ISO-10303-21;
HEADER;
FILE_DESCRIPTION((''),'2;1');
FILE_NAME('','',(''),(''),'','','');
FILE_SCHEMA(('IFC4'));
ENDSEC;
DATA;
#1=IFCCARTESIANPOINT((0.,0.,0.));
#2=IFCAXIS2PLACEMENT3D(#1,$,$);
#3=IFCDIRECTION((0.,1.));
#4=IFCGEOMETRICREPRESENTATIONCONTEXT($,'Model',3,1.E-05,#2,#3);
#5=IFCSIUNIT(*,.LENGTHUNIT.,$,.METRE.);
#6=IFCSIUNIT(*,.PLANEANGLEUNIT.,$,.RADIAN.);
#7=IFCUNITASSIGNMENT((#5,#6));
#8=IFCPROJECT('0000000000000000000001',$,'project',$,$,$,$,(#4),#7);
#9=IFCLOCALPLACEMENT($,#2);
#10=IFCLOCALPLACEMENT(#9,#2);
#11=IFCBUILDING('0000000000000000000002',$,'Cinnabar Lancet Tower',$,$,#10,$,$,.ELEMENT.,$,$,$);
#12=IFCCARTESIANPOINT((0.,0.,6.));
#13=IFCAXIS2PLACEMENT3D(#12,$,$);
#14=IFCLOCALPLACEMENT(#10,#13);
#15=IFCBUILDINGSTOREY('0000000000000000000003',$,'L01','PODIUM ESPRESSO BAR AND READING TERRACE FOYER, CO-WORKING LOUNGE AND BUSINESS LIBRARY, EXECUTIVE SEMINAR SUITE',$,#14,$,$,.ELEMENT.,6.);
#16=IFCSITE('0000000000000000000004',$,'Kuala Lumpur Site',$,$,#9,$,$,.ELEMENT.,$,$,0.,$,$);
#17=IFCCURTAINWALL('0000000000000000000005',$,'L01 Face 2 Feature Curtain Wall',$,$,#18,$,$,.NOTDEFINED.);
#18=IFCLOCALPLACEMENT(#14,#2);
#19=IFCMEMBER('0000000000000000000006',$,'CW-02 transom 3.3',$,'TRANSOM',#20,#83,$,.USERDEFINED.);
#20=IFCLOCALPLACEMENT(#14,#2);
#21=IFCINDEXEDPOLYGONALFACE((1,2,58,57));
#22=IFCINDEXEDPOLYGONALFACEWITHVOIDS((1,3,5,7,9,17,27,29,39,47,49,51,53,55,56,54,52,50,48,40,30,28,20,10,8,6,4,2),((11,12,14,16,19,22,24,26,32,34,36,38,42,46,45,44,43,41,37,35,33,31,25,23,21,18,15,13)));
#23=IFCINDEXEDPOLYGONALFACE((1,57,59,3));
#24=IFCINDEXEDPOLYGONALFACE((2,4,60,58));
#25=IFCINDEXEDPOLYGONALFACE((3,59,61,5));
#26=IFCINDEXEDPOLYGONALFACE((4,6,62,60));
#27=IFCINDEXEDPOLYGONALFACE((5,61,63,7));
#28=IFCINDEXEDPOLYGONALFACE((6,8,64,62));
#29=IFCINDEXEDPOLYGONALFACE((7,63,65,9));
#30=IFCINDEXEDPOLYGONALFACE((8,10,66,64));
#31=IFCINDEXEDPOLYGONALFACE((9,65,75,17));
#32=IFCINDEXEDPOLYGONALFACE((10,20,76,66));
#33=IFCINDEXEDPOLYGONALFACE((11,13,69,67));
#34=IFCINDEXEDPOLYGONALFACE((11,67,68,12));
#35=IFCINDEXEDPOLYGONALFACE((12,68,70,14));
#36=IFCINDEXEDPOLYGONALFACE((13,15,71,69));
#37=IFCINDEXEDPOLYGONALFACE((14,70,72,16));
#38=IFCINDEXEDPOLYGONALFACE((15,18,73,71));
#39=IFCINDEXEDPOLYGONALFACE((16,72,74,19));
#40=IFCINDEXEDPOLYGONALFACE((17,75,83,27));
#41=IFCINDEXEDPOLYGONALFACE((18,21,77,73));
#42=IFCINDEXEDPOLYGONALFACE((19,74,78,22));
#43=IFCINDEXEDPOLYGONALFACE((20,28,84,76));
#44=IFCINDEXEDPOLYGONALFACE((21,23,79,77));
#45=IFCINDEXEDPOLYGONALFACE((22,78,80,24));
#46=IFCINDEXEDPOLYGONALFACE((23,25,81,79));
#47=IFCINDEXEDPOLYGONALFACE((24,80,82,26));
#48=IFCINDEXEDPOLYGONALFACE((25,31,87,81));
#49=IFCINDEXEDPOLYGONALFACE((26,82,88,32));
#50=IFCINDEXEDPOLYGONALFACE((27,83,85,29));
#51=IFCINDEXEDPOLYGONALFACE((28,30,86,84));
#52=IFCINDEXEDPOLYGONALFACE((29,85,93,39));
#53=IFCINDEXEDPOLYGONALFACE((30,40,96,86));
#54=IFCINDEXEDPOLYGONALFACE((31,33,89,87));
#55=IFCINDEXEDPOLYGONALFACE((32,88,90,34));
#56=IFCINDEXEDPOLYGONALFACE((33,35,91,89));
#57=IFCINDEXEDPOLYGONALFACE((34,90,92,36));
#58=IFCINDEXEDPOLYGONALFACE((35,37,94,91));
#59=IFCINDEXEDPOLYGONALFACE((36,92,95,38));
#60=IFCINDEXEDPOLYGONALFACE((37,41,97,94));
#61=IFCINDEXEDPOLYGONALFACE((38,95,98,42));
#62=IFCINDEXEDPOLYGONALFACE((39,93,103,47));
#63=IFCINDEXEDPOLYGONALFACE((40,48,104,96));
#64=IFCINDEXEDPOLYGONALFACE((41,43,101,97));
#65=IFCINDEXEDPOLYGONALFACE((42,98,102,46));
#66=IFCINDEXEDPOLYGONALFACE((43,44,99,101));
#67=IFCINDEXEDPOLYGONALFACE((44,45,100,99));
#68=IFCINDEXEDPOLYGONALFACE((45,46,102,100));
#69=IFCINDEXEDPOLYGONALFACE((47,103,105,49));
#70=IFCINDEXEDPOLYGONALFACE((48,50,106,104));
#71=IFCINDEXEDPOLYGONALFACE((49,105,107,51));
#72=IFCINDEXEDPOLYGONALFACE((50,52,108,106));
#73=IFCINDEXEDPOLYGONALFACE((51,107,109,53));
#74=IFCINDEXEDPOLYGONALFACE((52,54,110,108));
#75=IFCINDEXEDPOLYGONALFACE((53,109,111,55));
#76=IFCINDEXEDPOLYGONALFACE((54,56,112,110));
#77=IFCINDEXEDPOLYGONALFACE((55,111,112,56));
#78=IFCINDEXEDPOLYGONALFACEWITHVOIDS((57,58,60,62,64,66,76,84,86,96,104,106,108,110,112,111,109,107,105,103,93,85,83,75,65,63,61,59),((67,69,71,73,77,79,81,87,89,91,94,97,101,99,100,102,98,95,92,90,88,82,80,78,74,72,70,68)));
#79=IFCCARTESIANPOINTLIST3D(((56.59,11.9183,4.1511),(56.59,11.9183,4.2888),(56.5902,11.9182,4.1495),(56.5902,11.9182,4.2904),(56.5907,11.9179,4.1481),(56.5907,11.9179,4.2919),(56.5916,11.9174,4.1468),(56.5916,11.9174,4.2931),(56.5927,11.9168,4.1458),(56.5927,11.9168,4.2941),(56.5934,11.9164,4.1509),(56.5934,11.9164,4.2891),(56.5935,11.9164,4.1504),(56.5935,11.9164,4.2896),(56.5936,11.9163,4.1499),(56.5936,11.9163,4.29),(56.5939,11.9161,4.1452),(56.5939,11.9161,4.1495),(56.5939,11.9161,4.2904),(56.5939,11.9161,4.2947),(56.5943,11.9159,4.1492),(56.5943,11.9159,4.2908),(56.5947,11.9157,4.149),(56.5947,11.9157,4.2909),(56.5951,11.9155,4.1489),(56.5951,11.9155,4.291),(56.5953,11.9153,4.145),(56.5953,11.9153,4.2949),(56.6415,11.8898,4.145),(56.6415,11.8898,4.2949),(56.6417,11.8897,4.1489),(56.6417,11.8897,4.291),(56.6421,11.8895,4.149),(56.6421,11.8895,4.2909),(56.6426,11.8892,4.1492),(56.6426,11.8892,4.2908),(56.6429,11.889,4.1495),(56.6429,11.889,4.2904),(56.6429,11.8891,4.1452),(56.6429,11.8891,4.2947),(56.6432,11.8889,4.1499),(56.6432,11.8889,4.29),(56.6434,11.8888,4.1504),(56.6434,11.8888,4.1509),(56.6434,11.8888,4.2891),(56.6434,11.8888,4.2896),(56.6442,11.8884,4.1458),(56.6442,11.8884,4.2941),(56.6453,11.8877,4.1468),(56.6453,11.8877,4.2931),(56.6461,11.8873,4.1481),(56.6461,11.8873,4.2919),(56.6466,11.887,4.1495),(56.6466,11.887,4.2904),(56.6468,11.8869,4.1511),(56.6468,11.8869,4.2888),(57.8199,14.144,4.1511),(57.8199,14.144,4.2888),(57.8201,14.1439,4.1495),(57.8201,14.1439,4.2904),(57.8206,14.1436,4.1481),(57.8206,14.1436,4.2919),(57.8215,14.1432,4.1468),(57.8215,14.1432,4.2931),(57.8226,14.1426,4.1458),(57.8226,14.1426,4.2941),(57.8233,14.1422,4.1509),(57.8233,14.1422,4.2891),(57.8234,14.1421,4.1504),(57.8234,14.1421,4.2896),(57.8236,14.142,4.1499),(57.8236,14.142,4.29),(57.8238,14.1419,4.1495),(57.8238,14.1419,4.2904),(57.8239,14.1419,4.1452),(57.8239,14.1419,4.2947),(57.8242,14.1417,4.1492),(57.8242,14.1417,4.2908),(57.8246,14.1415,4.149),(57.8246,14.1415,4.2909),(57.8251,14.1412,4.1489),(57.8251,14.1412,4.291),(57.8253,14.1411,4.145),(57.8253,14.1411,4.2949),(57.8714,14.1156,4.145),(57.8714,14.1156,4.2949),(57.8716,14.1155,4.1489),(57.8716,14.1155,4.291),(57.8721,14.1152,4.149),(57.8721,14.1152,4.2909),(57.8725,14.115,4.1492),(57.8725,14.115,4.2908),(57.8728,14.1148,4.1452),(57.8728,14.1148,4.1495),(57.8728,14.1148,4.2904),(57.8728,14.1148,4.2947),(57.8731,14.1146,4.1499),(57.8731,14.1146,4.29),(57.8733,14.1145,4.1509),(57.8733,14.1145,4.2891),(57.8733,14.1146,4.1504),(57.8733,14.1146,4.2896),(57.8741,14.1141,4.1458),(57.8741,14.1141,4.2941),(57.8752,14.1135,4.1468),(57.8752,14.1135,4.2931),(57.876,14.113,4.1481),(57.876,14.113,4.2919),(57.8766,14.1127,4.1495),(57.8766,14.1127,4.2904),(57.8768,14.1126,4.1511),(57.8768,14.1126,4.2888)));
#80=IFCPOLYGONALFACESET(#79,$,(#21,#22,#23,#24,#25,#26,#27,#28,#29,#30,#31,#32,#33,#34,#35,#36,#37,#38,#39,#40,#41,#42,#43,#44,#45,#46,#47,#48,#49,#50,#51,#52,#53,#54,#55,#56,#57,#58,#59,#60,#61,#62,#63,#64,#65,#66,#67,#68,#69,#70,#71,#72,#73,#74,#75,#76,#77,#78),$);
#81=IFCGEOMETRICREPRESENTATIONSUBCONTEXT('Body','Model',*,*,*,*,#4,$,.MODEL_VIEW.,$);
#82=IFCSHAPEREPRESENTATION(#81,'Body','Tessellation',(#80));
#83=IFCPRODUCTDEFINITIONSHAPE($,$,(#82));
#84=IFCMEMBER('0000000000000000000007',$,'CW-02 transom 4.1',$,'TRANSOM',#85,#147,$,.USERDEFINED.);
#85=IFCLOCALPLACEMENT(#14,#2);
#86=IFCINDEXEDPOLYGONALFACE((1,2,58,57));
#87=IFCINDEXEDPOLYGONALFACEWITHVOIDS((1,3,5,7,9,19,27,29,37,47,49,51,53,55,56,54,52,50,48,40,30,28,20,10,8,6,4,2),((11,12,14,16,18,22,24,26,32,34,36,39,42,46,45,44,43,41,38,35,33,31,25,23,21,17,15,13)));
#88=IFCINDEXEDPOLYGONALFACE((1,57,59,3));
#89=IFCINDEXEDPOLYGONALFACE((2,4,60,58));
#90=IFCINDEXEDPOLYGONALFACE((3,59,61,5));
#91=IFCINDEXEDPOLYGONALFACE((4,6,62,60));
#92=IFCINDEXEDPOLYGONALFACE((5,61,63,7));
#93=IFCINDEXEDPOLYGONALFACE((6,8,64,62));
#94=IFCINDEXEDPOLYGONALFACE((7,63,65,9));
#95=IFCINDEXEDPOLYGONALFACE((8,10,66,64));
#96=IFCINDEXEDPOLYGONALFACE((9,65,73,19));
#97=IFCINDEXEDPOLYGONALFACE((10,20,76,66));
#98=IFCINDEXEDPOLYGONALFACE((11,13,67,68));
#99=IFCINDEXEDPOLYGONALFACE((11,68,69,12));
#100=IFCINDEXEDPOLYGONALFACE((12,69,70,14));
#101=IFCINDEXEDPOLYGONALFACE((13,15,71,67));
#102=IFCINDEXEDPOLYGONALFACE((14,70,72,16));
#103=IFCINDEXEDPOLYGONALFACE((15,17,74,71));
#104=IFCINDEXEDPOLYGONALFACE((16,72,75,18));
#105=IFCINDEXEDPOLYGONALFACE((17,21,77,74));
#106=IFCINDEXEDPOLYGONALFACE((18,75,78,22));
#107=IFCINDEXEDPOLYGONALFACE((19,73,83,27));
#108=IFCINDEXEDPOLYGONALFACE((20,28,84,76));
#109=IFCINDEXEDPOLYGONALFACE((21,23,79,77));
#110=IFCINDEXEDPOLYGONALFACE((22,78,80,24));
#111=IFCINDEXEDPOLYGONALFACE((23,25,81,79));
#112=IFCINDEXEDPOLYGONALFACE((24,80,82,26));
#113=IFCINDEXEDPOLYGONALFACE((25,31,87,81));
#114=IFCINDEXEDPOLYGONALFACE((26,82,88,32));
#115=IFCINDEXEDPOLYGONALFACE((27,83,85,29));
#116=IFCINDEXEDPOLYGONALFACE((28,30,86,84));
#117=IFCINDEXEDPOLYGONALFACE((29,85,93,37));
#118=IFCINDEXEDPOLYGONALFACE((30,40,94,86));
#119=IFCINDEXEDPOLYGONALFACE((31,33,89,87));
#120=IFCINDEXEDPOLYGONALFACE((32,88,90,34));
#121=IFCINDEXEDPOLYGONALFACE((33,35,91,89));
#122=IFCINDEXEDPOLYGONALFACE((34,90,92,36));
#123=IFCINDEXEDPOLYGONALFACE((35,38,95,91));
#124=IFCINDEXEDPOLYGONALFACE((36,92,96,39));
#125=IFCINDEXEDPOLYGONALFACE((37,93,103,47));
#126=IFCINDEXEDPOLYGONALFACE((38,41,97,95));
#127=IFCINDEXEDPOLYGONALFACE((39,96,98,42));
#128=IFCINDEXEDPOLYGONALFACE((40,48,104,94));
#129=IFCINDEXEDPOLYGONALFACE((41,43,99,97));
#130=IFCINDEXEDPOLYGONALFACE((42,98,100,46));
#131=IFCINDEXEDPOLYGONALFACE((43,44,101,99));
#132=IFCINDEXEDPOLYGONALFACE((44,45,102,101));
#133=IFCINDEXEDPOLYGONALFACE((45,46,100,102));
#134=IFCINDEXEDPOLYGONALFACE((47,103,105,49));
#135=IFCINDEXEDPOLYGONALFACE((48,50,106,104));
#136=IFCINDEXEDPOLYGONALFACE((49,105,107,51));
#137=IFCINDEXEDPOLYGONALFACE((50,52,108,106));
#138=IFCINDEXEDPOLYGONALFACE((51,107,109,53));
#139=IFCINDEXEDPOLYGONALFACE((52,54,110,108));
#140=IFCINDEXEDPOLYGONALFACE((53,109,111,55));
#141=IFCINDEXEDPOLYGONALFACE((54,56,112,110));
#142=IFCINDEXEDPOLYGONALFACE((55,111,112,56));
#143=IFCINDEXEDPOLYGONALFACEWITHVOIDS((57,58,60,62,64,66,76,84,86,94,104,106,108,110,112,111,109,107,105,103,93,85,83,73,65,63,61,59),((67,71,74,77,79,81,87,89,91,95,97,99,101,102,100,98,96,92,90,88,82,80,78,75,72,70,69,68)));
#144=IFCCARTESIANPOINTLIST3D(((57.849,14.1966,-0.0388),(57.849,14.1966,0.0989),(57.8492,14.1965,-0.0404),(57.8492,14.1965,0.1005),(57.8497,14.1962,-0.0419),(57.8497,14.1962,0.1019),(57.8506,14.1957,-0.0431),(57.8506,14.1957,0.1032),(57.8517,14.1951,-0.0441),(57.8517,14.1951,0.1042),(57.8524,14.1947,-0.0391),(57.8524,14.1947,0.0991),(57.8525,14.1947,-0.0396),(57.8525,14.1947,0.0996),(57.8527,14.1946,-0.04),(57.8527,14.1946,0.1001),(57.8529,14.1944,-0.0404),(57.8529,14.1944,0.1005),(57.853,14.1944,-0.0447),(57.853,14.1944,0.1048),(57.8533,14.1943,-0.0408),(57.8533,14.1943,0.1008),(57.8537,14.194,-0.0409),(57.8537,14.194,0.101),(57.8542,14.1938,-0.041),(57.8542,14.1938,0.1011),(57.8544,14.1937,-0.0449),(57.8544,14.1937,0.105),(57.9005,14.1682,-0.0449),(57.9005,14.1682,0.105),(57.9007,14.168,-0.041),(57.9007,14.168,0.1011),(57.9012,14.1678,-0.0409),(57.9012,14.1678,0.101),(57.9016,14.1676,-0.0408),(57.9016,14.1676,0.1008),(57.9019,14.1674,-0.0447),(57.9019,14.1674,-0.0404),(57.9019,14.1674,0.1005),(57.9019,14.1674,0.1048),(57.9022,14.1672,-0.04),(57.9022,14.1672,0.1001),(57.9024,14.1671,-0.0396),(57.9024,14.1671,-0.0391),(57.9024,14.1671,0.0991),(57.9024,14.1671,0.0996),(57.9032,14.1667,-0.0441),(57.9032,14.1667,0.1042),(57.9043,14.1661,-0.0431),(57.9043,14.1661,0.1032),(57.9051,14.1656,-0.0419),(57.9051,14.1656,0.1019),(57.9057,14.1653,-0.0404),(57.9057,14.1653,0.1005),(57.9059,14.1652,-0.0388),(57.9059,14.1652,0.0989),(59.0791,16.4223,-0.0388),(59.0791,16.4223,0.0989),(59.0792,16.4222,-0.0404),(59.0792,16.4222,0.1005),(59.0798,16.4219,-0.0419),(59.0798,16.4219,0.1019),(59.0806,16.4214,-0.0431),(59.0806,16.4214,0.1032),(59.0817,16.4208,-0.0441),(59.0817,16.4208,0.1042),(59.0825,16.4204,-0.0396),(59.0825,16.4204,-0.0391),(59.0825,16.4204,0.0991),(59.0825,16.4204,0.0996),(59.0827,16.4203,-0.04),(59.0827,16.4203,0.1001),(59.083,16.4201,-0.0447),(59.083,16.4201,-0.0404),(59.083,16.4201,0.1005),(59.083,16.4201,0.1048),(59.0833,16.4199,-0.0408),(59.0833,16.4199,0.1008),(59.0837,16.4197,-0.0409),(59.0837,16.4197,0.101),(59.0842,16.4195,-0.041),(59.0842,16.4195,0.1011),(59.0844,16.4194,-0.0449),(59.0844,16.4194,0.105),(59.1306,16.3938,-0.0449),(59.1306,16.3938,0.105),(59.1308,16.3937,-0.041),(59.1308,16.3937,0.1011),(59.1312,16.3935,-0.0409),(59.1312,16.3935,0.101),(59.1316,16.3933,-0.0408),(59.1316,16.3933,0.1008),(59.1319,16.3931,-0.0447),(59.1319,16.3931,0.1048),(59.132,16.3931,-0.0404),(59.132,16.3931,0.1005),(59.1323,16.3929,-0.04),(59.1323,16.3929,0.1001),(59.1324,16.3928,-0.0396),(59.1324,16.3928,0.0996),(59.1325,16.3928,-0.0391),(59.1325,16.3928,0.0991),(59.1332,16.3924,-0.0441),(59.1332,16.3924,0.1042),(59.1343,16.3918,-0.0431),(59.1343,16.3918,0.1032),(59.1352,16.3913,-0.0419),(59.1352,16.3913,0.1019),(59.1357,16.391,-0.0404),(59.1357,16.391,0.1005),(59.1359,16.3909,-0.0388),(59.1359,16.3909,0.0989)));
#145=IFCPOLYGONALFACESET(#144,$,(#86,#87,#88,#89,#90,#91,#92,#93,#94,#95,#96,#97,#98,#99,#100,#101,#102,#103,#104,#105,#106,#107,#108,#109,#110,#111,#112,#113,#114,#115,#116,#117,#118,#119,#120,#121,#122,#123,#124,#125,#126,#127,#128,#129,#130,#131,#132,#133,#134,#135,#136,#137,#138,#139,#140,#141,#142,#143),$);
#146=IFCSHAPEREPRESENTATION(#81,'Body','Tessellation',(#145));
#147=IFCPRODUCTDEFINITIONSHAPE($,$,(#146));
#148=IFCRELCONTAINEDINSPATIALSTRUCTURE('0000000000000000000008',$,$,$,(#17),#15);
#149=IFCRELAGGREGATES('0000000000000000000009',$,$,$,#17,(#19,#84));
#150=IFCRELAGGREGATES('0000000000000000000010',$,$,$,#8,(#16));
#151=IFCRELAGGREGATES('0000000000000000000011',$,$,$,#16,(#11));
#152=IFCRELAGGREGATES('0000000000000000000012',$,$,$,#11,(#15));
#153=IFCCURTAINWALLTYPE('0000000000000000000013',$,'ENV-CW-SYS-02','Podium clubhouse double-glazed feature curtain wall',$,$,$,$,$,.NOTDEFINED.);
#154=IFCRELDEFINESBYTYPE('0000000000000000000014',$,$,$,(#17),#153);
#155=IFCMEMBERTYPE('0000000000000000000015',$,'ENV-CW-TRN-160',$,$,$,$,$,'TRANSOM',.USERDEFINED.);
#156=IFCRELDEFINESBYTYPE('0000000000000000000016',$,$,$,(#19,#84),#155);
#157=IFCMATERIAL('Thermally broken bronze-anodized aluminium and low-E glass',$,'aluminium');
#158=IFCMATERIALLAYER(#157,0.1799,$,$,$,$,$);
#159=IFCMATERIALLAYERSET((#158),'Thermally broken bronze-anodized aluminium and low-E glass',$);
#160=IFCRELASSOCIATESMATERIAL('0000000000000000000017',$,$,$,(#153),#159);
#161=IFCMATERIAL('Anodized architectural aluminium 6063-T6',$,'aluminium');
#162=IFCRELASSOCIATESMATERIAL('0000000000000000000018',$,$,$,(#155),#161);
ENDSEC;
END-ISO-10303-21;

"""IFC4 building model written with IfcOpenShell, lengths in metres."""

from ifc_helpers import new_model, si_unit, direction, frame, origin, origin_2d, place, context, subcontext, project, spatial, hollow_rectangle, extrude, material, layer, layer_set, material_profile, profile_set, type_object, element, aggregate, save


model = new_model("IFC4")

# Units and contexts
model_context = context("Model", 3, precision=1e-05, world=origin(), true_north=direction((0.0, 1.0)))
body_context = subcontext(model_context, "Body", "Model", "MODEL_VIEW")
ifc_project = project(units=[si_unit("LENGTHUNIT", "METRE"), si_unit("PLANEANGLEUNIT", "RADIAN")], contexts=[model_context])

# Site, building, storey
site_placement = place(None, origin())
site = spatial("IfcSite", under=ifc_project, at=site_placement, Name="Kuala Lumpur Site", CompositionType="ELEMENT", RefElevation=0.0)
building_placement = place(site_placement, origin())
building = spatial("IfcBuilding", under=site, at=building_placement, Name="Cinnabar Lancet Tower", CompositionType="ELEMENT")
storey_placement = place(building_placement, frame((0.0, 0.0, 6.0)))
storey = spatial("IfcBuildingStorey", under=building, at=storey_placement, Name="L01", Description="PODIUM ESPRESSO BAR AND READING TERRACE FOYER, CO-WORKING LOUNGE AND BUSINESS LIBRARY, EXECUTIVE SEMINAR SUITE", CompositionType="ELEMENT", Elevation=6.0)

# Curtain wall, members
ifc_material_1 = material(Name="Thermally broken bronze-anodized aluminium and low-E glass", Category="aluminium")
ifc_layer_1 = layer(ifc_material_1, 0.1799)
ifc_layer_set_1 = layer_set([ifc_layer_1], Name="Thermally broken bronze-anodized aluminium and low-E glass")
curtain_wall_type = type_object("IfcCurtainWallType", Name="ENV-CW-SYS-02", Description="Podium clubhouse double-glazed feature curtain wall", PredefinedType="NOTDEFINED", material=ifc_layer_set_1)
curtain_wall_placement = place(storey_placement, origin())
curtain_wall = element("IfcCurtainWall", 1, at=curtain_wall_placement, inside=storey, type_object=curtain_wall_type, Name="L01 Face 2 Feature Curtain Wall", PredefinedType="NOTDEFINED")
ifc_material_2 = material(Name="Anodized architectural aluminium 6063-T6", Category="aluminium")
ifc_material_profile_1 = material_profile(ifc_material_2, hollow_rectangle(XDim=0.0649, YDim=0.1499, WallThickness=0.0039, InnerFilletRadius=0.002, OuterFilletRadius=0.0061, at=origin_2d()), Name="CW-TRN 150x65x4")
ifc_profile_set_1 = profile_set([ifc_material_profile_1], Name="Anodized architectural aluminium 6063-T6")
member_type_1 = type_object("IfcMemberType", Name="ENV-CW-TRN-160", ElementType="TRANSOM", PredefinedType="USERDEFINED", material=ifc_profile_set_1)
member_1_placement = place(storey_placement, frame((56.6184, 11.9026, 4.22), z_axis=(0.483661, 0.875255, 0.0), x_axis=(-0.875255, 0.483661, 0.0)))
member_1 = element("IfcMember", 2, at=member_1_placement, type_object=member_type_1, Name="CW-02 transom 3.3", ObjectType="TRANSOM", PredefinedType="USERDEFINED", context=body_context, shape_type="SweptSolid", body=[
    extrude(hollow_rectangle(XDim=0.0649, YDim=0.1499, WallThickness=0.0039, InnerFilletRadius=0.002, OuterFilletRadius=0.0061, at=origin_2d()), origin(), (0.0, 0.0, 1.0), 2.543),
])
member_2_placement = place(storey_placement, frame((57.8774, 14.1809, 0.03), z_axis=(0.483702, 0.875233, 0.0), x_axis=(-0.875233, 0.483702, 0.0)))
member_2 = element("IfcMember", 3, at=member_2_placement, type_object=member_type_1, Name="CW-02 transom 4.1", ObjectType="TRANSOM", PredefinedType="USERDEFINED", context=body_context, shape_type="SweptSolid", body=[
    extrude(hollow_rectangle(XDim=0.0649, YDim=0.1499, WallThickness=0.0039, InnerFilletRadius=0.002, OuterFilletRadius=0.0061, at=origin_2d()), origin(), (0.0, 0.0, 1.0), 2.543),
])
aggregate(curtain_wall, [member_1, member_2])

save(model, "model.ifc")
